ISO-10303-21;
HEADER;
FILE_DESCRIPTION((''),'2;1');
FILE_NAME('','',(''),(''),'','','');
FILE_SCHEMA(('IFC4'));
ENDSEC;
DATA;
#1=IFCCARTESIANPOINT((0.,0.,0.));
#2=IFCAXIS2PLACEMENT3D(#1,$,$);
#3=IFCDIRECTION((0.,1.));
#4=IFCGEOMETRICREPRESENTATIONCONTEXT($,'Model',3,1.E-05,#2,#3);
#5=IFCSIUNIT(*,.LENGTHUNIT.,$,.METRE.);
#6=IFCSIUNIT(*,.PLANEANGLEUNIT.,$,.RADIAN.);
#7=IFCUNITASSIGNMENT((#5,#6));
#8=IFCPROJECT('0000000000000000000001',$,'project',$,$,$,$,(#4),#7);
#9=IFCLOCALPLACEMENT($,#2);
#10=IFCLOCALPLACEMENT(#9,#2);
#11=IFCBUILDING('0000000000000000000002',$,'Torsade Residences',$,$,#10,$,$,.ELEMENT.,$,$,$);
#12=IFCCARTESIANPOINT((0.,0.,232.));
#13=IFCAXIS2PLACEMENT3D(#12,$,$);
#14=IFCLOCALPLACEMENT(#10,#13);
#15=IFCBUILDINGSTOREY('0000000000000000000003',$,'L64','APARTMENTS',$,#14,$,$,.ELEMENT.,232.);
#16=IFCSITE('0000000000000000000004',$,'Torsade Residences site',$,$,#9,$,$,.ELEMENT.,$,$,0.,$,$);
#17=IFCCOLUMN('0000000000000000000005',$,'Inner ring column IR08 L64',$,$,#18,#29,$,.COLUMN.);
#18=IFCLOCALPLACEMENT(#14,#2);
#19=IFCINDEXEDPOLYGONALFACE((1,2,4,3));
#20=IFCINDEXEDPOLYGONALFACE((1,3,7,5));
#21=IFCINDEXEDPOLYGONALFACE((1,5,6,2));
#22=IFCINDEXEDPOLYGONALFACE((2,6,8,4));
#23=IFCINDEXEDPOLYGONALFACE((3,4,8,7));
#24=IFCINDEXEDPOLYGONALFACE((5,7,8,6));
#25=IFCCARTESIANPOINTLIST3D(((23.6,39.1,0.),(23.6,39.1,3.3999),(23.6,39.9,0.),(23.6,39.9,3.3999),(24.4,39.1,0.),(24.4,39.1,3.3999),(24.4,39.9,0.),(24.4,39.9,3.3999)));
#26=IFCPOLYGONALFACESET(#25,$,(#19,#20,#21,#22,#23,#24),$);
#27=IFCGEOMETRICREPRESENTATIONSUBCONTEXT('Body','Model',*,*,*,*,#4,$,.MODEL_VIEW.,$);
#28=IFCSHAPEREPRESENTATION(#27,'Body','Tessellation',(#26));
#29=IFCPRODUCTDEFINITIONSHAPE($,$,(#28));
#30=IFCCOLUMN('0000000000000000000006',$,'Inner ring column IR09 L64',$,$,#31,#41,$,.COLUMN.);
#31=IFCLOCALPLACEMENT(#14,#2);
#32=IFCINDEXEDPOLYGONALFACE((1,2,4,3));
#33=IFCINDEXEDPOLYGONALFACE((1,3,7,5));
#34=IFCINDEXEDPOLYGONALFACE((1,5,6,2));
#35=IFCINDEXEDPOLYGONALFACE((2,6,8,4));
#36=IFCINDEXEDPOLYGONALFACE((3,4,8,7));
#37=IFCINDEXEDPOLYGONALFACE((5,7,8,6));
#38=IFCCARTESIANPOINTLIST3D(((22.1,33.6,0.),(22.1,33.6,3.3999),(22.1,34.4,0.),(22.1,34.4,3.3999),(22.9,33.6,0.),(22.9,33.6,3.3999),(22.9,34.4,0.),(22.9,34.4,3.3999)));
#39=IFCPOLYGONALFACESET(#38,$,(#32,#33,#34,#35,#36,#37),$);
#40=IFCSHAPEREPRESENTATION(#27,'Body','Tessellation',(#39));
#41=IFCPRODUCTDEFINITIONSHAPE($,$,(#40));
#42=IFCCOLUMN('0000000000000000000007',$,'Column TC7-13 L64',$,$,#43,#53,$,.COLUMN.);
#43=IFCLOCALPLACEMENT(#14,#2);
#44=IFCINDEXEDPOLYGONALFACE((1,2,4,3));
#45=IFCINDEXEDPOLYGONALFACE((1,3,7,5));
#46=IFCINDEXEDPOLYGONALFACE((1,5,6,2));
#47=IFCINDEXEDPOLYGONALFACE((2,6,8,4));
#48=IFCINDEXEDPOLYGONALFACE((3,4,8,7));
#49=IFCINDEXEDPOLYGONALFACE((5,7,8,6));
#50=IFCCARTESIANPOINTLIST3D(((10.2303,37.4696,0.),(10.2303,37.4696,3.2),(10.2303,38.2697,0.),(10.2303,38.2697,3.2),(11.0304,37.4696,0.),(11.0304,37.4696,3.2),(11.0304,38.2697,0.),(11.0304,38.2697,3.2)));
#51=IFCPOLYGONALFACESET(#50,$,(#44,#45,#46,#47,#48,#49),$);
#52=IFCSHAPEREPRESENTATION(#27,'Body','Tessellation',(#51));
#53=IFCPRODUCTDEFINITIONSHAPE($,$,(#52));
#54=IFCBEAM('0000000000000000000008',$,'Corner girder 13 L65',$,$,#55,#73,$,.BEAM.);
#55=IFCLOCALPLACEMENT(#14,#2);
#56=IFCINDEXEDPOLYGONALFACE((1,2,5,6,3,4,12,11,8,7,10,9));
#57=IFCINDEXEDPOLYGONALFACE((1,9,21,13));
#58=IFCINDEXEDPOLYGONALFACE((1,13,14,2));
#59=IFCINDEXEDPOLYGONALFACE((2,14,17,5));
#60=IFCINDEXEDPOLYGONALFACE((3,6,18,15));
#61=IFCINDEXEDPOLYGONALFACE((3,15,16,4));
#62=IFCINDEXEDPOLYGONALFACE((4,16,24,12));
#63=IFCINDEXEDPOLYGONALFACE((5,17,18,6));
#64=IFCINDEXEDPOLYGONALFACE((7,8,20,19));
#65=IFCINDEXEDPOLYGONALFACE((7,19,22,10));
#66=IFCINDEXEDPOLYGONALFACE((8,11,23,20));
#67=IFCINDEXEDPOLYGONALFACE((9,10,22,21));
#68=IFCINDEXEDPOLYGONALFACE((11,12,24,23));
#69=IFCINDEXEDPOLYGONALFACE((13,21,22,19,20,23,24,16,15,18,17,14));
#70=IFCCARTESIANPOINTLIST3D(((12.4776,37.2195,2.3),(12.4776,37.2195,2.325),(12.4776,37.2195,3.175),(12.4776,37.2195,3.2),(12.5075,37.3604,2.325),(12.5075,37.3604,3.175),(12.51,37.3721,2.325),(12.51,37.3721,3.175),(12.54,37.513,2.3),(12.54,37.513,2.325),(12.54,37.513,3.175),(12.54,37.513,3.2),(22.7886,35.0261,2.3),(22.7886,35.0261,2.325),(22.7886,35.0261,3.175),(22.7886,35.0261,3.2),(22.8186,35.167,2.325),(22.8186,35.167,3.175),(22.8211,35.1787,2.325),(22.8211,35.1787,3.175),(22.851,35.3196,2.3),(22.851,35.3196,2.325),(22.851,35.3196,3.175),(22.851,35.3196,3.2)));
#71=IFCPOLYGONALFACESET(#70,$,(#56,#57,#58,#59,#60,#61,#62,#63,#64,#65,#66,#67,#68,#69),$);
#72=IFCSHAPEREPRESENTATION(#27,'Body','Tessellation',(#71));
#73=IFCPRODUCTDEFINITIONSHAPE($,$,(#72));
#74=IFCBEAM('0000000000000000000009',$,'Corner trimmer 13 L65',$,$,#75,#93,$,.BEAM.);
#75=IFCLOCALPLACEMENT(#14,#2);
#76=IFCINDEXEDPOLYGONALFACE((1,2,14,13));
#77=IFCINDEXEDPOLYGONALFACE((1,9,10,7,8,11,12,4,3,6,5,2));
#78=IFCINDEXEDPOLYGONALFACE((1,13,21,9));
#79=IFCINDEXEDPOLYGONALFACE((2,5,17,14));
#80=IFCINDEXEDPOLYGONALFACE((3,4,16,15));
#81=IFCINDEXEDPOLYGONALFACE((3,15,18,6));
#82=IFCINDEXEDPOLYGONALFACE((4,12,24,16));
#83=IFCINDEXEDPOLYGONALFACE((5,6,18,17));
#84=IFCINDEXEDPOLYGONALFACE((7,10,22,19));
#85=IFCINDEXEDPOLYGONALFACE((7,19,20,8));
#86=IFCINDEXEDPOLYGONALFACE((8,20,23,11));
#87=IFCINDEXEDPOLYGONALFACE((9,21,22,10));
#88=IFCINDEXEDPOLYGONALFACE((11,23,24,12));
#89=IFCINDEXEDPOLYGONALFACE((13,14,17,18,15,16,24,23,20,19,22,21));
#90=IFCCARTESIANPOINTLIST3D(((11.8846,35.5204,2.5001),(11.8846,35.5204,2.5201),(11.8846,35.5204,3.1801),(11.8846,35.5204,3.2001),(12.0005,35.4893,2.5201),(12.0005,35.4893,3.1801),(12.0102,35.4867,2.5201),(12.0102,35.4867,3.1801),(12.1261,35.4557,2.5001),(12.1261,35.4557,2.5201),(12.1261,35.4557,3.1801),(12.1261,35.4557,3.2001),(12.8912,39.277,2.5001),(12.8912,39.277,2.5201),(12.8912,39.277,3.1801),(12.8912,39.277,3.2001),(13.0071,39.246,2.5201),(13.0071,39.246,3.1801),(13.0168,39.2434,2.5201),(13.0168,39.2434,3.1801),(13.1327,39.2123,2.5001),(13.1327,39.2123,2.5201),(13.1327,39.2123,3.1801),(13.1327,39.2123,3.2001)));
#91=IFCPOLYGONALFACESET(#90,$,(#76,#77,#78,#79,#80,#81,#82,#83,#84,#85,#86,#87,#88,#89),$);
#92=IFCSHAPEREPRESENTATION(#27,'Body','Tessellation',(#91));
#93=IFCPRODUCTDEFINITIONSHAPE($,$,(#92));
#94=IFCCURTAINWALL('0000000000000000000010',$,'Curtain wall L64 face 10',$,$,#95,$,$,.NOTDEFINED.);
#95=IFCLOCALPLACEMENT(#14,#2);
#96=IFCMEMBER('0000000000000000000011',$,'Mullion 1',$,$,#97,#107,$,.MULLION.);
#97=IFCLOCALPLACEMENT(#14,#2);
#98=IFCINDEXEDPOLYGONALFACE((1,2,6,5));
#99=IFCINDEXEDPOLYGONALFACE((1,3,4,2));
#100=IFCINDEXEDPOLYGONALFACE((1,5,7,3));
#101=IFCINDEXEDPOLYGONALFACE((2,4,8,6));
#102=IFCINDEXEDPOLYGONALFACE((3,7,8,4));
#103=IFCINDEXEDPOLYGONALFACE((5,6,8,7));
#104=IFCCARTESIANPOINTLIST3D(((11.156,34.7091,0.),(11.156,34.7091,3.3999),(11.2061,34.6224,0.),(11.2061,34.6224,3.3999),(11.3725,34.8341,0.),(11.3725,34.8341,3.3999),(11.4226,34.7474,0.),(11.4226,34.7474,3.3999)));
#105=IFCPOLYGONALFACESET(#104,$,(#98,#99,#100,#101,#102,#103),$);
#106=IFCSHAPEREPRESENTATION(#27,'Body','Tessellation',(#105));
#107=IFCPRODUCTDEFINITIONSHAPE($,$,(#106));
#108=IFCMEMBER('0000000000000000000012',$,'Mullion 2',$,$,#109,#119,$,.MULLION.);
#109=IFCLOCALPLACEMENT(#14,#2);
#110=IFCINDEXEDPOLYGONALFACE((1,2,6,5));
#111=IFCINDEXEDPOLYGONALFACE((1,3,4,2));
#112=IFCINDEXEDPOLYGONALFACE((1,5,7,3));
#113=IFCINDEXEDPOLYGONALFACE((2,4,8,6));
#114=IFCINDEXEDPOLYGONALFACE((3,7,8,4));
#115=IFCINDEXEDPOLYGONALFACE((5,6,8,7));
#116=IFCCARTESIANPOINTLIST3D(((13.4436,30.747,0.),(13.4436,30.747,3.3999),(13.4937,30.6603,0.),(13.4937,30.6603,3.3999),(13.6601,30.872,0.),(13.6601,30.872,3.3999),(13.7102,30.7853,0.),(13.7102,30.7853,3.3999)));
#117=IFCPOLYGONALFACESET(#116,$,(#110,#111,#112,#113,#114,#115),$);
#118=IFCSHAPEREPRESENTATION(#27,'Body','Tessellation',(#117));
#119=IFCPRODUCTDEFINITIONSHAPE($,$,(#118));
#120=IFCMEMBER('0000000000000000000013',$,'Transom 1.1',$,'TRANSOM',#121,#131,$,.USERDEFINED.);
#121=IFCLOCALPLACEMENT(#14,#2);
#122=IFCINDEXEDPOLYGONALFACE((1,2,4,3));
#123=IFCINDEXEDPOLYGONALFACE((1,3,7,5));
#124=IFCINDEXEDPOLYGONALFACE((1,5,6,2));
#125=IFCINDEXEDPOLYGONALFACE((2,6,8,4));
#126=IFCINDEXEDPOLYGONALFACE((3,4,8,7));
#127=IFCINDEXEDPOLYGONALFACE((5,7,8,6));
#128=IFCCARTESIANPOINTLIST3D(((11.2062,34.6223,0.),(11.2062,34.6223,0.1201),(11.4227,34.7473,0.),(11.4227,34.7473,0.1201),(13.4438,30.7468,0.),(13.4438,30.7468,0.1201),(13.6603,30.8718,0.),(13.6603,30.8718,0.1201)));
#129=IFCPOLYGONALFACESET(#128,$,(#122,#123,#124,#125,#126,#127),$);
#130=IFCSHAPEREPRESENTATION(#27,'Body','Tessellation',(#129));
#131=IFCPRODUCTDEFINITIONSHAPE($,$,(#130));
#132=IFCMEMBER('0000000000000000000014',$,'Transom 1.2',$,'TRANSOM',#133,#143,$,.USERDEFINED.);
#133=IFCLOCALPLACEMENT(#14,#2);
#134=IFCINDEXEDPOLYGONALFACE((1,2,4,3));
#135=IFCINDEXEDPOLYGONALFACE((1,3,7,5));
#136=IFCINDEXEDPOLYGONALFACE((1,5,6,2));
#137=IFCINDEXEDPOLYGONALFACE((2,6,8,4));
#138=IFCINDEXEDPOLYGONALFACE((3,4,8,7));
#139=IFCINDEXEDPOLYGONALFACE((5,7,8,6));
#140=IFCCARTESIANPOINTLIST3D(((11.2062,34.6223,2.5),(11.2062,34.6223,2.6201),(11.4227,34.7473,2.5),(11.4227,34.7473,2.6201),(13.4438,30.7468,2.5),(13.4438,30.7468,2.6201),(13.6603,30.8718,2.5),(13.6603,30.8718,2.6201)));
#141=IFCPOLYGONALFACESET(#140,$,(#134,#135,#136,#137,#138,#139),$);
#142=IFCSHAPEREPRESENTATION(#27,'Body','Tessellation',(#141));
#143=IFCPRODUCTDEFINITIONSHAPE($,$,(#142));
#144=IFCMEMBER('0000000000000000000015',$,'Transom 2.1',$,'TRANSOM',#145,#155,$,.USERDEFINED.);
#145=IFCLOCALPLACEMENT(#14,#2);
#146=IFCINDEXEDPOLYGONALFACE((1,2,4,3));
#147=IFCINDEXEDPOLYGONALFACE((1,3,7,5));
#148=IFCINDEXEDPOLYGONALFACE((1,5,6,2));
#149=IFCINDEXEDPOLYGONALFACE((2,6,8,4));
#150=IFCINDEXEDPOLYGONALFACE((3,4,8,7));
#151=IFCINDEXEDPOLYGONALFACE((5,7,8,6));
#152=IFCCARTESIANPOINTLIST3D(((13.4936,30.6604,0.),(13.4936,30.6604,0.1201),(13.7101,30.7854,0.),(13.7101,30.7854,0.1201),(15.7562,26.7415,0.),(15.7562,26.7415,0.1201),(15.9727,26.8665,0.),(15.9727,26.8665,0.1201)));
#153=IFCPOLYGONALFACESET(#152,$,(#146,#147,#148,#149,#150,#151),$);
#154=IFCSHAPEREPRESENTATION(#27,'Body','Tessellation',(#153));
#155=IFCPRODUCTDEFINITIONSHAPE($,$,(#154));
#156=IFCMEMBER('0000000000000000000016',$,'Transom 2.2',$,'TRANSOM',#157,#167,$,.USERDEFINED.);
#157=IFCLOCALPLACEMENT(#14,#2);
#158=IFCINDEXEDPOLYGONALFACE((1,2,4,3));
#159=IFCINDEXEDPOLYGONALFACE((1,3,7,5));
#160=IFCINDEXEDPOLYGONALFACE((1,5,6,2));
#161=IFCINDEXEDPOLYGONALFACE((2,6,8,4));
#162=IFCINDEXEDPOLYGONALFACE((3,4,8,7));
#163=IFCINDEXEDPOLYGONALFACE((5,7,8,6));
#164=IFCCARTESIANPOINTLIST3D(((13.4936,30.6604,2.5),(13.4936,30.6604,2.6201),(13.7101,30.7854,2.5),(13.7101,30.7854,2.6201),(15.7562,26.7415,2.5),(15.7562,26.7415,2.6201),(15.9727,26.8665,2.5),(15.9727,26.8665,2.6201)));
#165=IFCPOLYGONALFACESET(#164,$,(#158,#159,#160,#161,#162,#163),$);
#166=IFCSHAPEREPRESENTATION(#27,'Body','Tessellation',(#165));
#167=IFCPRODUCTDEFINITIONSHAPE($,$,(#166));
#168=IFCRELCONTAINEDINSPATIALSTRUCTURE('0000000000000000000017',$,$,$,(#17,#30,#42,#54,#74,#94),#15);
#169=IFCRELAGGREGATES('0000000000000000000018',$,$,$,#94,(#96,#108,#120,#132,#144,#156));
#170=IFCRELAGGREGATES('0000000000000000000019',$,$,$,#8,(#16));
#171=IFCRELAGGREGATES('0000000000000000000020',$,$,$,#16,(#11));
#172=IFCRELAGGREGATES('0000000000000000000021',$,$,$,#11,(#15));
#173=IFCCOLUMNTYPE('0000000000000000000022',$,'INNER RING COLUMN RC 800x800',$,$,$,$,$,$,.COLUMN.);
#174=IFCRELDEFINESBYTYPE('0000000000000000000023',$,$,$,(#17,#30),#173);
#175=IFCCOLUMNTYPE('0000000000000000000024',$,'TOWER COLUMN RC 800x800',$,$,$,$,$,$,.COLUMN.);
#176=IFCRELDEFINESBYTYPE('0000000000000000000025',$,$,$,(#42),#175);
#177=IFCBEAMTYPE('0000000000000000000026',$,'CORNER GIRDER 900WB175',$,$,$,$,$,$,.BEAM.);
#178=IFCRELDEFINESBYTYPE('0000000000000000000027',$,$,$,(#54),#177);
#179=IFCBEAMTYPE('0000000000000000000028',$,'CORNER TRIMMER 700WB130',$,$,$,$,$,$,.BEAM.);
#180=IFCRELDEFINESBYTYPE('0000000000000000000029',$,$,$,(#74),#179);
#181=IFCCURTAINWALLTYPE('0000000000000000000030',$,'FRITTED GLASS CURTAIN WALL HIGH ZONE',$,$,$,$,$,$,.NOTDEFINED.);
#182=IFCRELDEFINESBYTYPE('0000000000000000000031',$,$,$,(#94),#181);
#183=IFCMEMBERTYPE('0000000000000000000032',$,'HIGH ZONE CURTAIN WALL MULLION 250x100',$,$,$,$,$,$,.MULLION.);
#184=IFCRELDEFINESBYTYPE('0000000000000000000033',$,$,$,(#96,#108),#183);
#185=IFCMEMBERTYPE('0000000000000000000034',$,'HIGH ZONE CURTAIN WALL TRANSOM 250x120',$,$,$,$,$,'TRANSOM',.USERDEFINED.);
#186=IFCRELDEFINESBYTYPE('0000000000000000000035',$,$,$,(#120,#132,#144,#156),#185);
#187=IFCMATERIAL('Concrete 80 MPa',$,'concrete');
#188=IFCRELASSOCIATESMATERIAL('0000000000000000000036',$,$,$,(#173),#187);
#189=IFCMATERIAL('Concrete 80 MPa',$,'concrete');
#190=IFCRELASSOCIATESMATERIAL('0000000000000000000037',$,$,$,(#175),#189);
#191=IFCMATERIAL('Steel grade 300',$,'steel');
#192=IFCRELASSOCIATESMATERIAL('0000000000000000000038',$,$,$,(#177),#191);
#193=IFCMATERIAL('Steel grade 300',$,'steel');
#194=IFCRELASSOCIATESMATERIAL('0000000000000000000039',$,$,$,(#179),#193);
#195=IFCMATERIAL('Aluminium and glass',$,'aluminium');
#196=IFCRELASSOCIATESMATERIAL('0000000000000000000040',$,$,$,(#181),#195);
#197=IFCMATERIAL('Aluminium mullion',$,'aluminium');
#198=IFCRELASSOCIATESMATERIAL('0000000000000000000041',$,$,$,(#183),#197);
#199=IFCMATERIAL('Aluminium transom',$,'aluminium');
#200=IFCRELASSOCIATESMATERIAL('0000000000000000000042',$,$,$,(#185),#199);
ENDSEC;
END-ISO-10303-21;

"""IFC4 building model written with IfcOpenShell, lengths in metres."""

from ifc_helpers import new_model, si_unit, direction, frame, origin, origin_2d, place, context, subcontext, project, spatial, rectangle, i_section, extrude, material, material_profile, profile_set, type_object, element, aggregate, save


model = new_model("IFC4")

# Units and contexts
model_context = context("Model", 3, precision=1e-05, world=origin(), true_north=direction((0.0, 1.0)))
body_context = subcontext(model_context, "Body", "Model", "MODEL_VIEW")
ifc_project = project(units=[si_unit("LENGTHUNIT", "METRE"), si_unit("PLANEANGLEUNIT", "RADIAN")], contexts=[model_context])

# Site, building, storey
site_placement = place(None, origin())
site = spatial("IfcSite", under=ifc_project, at=site_placement, Name="Torsade Residences site", CompositionType="ELEMENT", RefElevation=0.0)
building_placement = place(site_placement, origin())
building = spatial("IfcBuilding", under=site, at=building_placement, Name="Torsade Residences", CompositionType="ELEMENT")
storey_placement = place(building_placement, frame((0.0, 0.0, 232.0)))
storey = spatial("IfcBuildingStorey", under=building, at=storey_placement, Name="L64", Description="APARTMENTS", CompositionType="ELEMENT", Elevation=232.0)

# Columns
ifc_material_1 = material(Name="Concrete 80 MPa", Category="concrete")
ifc_material_profile_1 = material_profile(ifc_material_1, rectangle(XDim=0.8, YDim=0.8, at=origin_2d()), Name="RC 800x800")
ifc_profile_set_1 = profile_set([ifc_material_profile_1], Name="Concrete 80 MPa")
column_type_1 = type_object("IfcColumnType", Name="INNER RING COLUMN RC 800x800", PredefinedType="COLUMN", material=ifc_profile_set_1)
for number, where, z_axis, x_axis, name in (
    (1, (24.0, 39.5, 0.0), (0.0, 0.0, 1.0), (1.0, 0.0, 0.0), "Inner ring column IR08 L64"),
    (2, (22.5, 34.0, 0.0), (0.0, 0.0, 1.0), (1.0, 0.0, 0.0), "Inner ring column IR09 L64"),
):
    element("IfcColumn", number, at=place(storey_placement, frame(where, z_axis=z_axis, x_axis=x_axis)), inside=storey, type_object=column_type_1, Name=name, PredefinedType="COLUMN", context=body_context, shape_type="SweptSolid", body=[
        extrude(rectangle(XDim=0.8, YDim=0.8, at=origin_2d()), origin(), (0.0, 0.0, 1.0), 3.3999),
    ])
ifc_material_2 = material(Name="Concrete 80 MPa", Category="concrete")
ifc_material_profile_2 = material_profile(ifc_material_2, rectangle(XDim=0.8, YDim=0.8, at=origin_2d()), Name="RC 800x800")
ifc_profile_set_2 = profile_set([ifc_material_profile_2], Name="Concrete 80 MPa")
column_type_2 = type_object("IfcColumnType", Name="TOWER COLUMN RC 800x800", PredefinedType="COLUMN", material=ifc_profile_set_2)
column_placement = place(storey_placement, frame((10.6304, 37.8696, 0.0), z_axis=(0.0, 0.0, 1.0), x_axis=(1.0, 0.0, 0.0)))
element("IfcColumn", 3, at=column_placement, inside=storey, type_object=column_type_2, Name="Column TC7-13 L64", PredefinedType="COLUMN", context=body_context, shape_type="SweptSolid", body=[
    extrude(rectangle(XDim=0.8, YDim=0.8, at=origin_2d()), origin(), (0.0, 0.0, 1.0), 3.2),
])

# Beams
ifc_material_3 = material(Name="Steel grade 300", Category="steel")
ifc_material_profile_3 = material_profile(ifc_material_3, i_section(OverallWidth=0.3, OverallDepth=0.8999, WebThickness=0.012, FlangeThickness=0.0249, at=origin_2d()), Name="900WB175")
ifc_profile_set_3 = profile_set([ifc_material_profile_3], Name="Steel grade 300")
beam_type_1 = type_object("IfcBeamType", Name="CORNER GIRDER 900WB175", PredefinedType="BEAM", material=ifc_profile_set_3)
beam_1_placement = place(storey_placement, frame((12.5088, 37.3662, 2.75), z_axis=(0.978115, -0.208064, 0.0), x_axis=(0.208064, 0.978115, 0.0)))
element("IfcBeam", 4, at=beam_1_placement, inside=storey, type_object=beam_type_1, Name="Corner girder 13 L65", PredefinedType="BEAM", context=body_context, shape_type="SweptSolid", body=[
    extrude(i_section(OverallWidth=0.3, OverallDepth=0.8999, WebThickness=0.012, FlangeThickness=0.0249, at=origin_2d()), origin(), (0.0, 0.0, 1.0), 10.5417),
])
ifc_material_4 = material(Name="Steel grade 300", Category="steel")
ifc_material_profile_4 = material_profile(ifc_material_4, i_section(OverallWidth=0.25, OverallDepth=0.7, WebThickness=0.01, FlangeThickness=0.02, at=origin_2d()), Name="700WB130")
ifc_profile_set_4 = profile_set([ifc_material_profile_4], Name="Steel grade 300")
beam_type_2 = type_object("IfcBeamType", Name="CORNER TRIMMER 700WB130", PredefinedType="BEAM", material=ifc_profile_set_4)
beam_2_placement = place(storey_placement, frame((12.0054, 35.488, 2.8501), z_axis=(0.258823, 0.965925, 0.0), x_axis=(-0.965925, 0.258823, 0.0)))
element("IfcBeam", 5, at=beam_2_placement, inside=storey, type_object=beam_type_2, Name="Corner trimmer 13 L65", PredefinedType="BEAM", context=body_context, shape_type="SweptSolid", body=[
    extrude(i_section(OverallWidth=0.25, OverallDepth=0.7, WebThickness=0.01, FlangeThickness=0.02, at=origin_2d()), origin(), (0.0, 0.0, 1.0), 3.8892),
])

# Curtain wall, members
ifc_material_5 = material(Name="Aluminium and glass", Category="aluminium")
curtain_wall_type = type_object("IfcCurtainWallType", Name="FRITTED GLASS CURTAIN WALL HIGH ZONE", PredefinedType="NOTDEFINED", material=ifc_material_5)
curtain_wall_placement = place(storey_placement, origin())
curtain_wall = element("IfcCurtainWall", 6, at=curtain_wall_placement, inside=storey, type_object=curtain_wall_type, Name="Curtain wall L64 face 10", PredefinedType="NOTDEFINED")
ifc_material_6 = material(Name="Aluminium mullion", Category="aluminium")
ifc_material_profile_5 = material_profile(ifc_material_6, rectangle(XDim=0.25, YDim=0.1001, at=origin_2d()), Name="HIGH ZONE CURTAIN WALL MULLION 250x100")
ifc_profile_set_5 = profile_set([ifc_material_profile_5], Name="Aluminium mullion")
member_type_1 = type_object("IfcMemberType", Name="HIGH ZONE CURTAIN WALL MULLION 250x100", PredefinedType="MULLION", material=ifc_profile_set_5)
member_1_placement = place(storey_placement, frame((11.2893, 34.7283, 0.0), z_axis=(0.0, 0.0, 1.0), x_axis=(0.866025, 0.5, 0.0)))
member_1 = element("IfcMember", 7, at=member_1_placement, type_object=member_type_1, Name="Mullion 1", PredefinedType="MULLION", context=body_context, shape_type="SweptSolid", body=[
    extrude(rectangle(XDim=0.25, YDim=0.1001, at=origin_2d()), origin(), (0.0, 0.0, 1.0), 3.3999),
])
member_2_placement = place(storey_placement, frame((13.5769, 30.7661, 0.0), z_axis=(0.0, 0.0, 1.0), x_axis=(0.866025, 0.5, 0.0)))
member_2 = element("IfcMember", 8, at=member_2_placement, type_object=member_type_1, Name="Mullion 2", PredefinedType="MULLION", context=body_context, shape_type="SweptSolid", body=[
    extrude(rectangle(XDim=0.25, YDim=0.1001, at=origin_2d()), origin(), (0.0, 0.0, 1.0), 3.3999),
])
ifc_material_7 = material(Name="Aluminium transom", Category="aluminium")
ifc_material_profile_6 = material_profile(ifc_material_7, rectangle(XDim=0.25, YDim=0.1201, at=origin_2d()), Name="HIGH ZONE CURTAIN WALL TRANSOM 250x120")
ifc_profile_set_6 = profile_set([ifc_material_profile_6], Name="Aluminium transom")
member_type_2 = type_object("IfcMemberType", Name="HIGH ZONE CURTAIN WALL TRANSOM 250x120", ElementType="TRANSOM", PredefinedType="USERDEFINED", material=ifc_profile_set_6)
member_3_placement = place(storey_placement, frame((11.3145, 34.6848, 0.0601), z_axis=(0.500006, -0.866022, 0.0), x_axis=(0.866022, 0.500006, 0.0)))
member_3 = element("IfcMember", 9, at=member_3_placement, type_object=member_type_2, Name="Transom 1.1", ObjectType="TRANSOM", PredefinedType="USERDEFINED", context=body_context, shape_type="SweptSolid", body=[
    extrude(rectangle(XDim=0.25, YDim=0.1201, at=origin_2d()), origin(), (0.0, 0.0, 1.0), 4.4751),
])
member_4_placement = place(storey_placement, frame((11.3145, 34.6848, 2.5601), z_axis=(0.500006, -0.866022, 0.0), x_axis=(0.866022, 0.500006, 0.0)))
member_4 = element("IfcMember", 10, at=member_4_placement, type_object=member_type_2, Name="Transom 1.2", ObjectType="TRANSOM", PredefinedType="USERDEFINED", context=body_context, shape_type="SweptSolid", body=[
    extrude(rectangle(XDim=0.25, YDim=0.1201, at=origin_2d()), origin(), (0.0, 0.0, 1.0), 4.4751),
])
member_5_placement = place(storey_placement, frame((13.6018, 30.7229, 0.0601), z_axis=(0.500015, -0.866017, 0.0), x_axis=(0.866017, 0.500015, 0.0)))
member_5 = element("IfcMember", 11, at=member_5_placement, type_object=member_type_2, Name="Transom 2.1", ObjectType="TRANSOM", PredefinedType="USERDEFINED", context=body_context, shape_type="SweptSolid", body=[
    extrude(rectangle(XDim=0.25, YDim=0.1201, at=origin_2d()), origin(), (0.0, 0.0, 1.0), 4.5251),
])
member_6_placement = place(storey_placement, frame((13.6018, 30.7229, 2.5601), z_axis=(0.500015, -0.866017, 0.0), x_axis=(0.866017, 0.500015, 0.0)))
member_6 = element("IfcMember", 12, at=member_6_placement, type_object=member_type_2, Name="Transom 2.2", ObjectType="TRANSOM", PredefinedType="USERDEFINED", context=body_context, shape_type="SweptSolid", body=[
    extrude(rectangle(XDim=0.25, YDim=0.1201, at=origin_2d()), origin(), (0.0, 0.0, 1.0), 4.5251),
])

aggregate(curtain_wall, [member_1, member_2, member_3, member_4, member_5, member_6])

save(model, "model.ifc")
